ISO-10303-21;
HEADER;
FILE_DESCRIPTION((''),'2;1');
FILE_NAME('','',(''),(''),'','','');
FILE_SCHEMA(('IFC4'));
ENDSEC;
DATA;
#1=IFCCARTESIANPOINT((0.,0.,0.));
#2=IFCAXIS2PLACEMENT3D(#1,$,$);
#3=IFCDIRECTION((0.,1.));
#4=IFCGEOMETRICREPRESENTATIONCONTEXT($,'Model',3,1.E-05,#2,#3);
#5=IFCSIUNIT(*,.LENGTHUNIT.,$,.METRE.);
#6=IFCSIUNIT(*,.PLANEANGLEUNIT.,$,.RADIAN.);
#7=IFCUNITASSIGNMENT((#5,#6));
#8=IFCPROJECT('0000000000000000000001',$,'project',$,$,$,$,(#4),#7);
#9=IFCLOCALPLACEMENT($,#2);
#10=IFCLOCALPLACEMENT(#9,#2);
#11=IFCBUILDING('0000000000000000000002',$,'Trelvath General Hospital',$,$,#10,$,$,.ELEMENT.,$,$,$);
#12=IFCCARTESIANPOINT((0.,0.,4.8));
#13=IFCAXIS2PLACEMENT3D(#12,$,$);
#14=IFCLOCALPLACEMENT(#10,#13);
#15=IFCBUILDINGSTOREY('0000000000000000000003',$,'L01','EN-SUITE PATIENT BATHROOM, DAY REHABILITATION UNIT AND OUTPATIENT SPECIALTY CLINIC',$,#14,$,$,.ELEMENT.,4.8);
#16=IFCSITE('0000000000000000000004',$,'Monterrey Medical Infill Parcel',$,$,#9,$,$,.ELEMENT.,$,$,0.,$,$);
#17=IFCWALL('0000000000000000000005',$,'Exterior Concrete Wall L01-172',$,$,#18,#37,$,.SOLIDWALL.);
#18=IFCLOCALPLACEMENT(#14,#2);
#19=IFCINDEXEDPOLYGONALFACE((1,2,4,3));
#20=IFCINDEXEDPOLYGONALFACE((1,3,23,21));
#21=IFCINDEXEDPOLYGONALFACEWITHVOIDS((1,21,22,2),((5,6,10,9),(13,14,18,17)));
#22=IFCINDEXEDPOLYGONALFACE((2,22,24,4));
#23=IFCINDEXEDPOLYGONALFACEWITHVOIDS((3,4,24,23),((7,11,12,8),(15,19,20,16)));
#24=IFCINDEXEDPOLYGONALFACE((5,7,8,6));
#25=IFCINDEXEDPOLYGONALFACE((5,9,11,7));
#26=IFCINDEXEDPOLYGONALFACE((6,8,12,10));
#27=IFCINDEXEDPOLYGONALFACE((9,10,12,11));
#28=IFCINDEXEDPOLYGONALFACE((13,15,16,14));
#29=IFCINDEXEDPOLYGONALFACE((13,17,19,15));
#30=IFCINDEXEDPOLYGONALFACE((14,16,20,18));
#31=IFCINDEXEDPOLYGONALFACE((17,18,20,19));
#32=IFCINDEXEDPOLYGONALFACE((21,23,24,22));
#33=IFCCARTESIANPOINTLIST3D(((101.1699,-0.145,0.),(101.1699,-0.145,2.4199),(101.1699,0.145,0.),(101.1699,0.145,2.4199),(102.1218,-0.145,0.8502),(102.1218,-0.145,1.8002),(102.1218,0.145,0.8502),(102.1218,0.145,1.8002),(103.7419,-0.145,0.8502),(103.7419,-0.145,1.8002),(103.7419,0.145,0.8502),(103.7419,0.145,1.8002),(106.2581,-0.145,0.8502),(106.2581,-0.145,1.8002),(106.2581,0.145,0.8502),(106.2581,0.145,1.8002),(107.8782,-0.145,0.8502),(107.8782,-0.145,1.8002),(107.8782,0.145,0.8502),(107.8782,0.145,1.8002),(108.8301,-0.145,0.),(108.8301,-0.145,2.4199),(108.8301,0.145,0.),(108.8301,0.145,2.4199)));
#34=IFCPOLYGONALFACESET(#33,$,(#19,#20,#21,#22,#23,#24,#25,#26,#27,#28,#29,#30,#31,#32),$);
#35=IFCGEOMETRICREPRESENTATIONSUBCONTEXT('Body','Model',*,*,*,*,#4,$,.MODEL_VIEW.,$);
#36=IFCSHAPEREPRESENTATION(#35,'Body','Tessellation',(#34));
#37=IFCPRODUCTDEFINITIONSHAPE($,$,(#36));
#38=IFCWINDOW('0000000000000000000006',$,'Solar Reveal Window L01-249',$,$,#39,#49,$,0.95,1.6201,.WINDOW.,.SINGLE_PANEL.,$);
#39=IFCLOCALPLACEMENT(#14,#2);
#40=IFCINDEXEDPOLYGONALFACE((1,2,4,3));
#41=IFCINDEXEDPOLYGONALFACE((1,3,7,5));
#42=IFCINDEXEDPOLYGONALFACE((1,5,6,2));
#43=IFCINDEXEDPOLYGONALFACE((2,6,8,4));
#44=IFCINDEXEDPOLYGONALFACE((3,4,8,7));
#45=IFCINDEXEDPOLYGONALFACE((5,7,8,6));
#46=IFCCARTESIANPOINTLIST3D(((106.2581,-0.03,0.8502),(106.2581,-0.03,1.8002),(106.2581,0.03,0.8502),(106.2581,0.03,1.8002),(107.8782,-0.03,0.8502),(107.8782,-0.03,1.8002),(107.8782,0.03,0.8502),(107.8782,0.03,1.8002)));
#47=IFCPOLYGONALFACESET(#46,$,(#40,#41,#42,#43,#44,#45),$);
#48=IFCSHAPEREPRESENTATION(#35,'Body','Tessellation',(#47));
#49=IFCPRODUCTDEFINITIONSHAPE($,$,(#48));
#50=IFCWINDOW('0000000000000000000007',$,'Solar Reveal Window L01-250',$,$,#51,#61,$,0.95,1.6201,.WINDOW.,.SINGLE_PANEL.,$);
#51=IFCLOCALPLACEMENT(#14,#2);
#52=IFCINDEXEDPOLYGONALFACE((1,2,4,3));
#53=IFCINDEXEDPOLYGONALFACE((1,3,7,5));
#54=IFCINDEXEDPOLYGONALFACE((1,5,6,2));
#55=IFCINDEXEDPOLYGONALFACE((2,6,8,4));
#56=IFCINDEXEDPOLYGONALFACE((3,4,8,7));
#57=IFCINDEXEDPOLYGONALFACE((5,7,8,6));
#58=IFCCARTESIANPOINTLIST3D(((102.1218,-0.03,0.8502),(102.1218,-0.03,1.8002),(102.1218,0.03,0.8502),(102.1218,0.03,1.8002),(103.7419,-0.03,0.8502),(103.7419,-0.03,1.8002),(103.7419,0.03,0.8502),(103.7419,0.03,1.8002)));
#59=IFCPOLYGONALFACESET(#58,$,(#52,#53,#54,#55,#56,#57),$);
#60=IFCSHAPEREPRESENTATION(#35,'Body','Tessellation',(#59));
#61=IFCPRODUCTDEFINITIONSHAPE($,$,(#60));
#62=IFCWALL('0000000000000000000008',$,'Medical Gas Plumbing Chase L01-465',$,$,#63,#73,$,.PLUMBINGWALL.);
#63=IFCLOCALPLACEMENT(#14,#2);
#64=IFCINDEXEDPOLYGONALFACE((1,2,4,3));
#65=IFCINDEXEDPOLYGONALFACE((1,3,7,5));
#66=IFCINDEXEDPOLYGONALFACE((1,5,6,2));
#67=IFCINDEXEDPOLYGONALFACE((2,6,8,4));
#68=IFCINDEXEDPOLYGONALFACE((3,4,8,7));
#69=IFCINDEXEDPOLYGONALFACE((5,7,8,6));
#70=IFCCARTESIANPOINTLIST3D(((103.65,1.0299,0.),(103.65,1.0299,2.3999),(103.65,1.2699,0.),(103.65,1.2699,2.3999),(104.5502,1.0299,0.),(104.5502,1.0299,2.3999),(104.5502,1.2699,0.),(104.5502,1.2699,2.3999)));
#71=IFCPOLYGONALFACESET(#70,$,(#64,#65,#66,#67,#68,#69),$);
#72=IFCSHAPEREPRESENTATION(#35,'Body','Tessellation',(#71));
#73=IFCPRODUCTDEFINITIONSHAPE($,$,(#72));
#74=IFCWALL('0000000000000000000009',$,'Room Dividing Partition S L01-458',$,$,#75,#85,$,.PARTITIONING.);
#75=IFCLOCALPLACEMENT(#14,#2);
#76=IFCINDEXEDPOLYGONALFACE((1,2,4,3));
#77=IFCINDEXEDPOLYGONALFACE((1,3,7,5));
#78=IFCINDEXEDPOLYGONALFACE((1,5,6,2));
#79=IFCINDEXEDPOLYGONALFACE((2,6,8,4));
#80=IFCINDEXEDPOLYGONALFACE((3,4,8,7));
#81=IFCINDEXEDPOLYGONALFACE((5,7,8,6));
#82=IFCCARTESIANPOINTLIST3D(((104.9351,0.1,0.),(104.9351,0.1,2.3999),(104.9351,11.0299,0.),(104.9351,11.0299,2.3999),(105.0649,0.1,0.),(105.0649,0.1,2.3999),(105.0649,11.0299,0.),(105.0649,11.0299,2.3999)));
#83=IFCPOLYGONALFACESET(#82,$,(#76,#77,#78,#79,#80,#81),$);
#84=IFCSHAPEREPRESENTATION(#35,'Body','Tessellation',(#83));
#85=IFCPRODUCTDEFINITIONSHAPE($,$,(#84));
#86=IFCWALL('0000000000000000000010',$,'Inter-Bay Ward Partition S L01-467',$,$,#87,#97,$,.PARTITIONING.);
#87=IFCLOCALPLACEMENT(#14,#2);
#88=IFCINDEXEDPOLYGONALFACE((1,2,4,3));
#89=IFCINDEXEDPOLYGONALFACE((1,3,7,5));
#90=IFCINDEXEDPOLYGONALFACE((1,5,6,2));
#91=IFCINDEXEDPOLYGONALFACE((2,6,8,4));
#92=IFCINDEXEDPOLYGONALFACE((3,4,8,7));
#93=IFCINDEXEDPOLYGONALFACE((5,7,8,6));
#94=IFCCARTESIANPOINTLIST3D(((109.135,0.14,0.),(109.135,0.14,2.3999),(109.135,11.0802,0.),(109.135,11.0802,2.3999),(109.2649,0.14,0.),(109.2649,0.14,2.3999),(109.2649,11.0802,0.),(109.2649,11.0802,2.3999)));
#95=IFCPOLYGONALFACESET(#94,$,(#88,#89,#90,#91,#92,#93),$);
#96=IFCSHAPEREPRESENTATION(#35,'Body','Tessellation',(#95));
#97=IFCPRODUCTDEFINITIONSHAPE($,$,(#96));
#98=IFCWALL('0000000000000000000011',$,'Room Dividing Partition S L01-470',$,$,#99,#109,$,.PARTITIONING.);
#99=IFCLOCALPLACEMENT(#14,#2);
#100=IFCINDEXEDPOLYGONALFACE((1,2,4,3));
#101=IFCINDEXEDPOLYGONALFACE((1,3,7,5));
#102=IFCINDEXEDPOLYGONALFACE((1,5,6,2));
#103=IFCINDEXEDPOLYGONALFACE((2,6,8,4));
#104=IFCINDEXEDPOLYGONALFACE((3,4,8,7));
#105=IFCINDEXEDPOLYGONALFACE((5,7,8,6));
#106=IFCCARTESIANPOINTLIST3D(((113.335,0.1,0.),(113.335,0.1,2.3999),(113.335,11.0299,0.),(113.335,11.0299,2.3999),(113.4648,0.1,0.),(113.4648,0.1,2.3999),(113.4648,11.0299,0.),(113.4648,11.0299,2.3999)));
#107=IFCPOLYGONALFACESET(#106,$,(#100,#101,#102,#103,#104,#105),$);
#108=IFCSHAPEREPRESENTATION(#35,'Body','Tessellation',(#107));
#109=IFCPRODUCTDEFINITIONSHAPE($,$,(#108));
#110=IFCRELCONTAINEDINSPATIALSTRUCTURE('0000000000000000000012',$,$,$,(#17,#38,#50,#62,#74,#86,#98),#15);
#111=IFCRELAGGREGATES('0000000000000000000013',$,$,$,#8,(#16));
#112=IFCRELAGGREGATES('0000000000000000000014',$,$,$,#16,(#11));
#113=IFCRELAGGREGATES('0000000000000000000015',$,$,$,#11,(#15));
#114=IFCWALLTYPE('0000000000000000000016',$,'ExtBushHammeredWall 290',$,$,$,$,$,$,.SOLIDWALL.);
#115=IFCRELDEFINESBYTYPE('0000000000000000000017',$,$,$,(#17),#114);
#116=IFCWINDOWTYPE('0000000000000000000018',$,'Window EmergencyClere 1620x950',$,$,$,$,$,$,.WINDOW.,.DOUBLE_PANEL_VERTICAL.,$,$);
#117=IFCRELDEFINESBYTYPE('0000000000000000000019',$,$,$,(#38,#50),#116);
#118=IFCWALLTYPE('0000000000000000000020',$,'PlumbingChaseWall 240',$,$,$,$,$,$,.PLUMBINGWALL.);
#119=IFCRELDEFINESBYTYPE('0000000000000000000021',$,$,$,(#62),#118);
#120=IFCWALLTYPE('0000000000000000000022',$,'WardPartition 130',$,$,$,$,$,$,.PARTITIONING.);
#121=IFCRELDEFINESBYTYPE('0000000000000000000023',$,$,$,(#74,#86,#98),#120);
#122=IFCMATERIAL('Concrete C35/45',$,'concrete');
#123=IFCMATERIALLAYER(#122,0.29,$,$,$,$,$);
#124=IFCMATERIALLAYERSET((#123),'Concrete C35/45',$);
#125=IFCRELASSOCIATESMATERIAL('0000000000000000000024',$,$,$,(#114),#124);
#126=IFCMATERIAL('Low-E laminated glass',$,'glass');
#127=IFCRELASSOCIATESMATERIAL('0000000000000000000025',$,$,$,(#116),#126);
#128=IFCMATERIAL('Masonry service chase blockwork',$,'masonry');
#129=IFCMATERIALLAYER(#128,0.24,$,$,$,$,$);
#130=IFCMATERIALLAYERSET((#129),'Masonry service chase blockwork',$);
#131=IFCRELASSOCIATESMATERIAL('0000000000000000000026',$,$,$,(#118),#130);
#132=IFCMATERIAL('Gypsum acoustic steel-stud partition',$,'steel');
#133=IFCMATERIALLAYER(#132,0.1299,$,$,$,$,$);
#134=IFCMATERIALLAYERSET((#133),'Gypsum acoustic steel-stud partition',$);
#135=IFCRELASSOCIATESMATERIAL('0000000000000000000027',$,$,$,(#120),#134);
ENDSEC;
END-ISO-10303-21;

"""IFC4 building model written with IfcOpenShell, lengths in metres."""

from ifc_helpers import new_model, si_unit, direction, frame, frame_2d, origin, place, context, subcontext, project, spatial, rectangle, extrude, material, layer, layer_set, type_object, element, fill, save


model = new_model("IFC4")

# Units and contexts
model_context = context("Model", 3, precision=1e-05, world=origin(), true_north=direction((0.0, 1.0)))
body_context = subcontext(model_context, "Body", "Model", "MODEL_VIEW")
ifc_project = project(units=[si_unit("LENGTHUNIT", "METRE"), si_unit("PLANEANGLEUNIT", "RADIAN")], contexts=[model_context])

# Site, building, storey
site_placement = place(None, origin())
site = spatial("IfcSite", under=ifc_project, at=site_placement, Name="Monterrey Medical Infill Parcel", CompositionType="ELEMENT", RefElevation=0.0)
building_placement = place(site_placement, origin())
building = spatial("IfcBuilding", under=site, at=building_placement, Name="Trelvath General Hospital", CompositionType="ELEMENT")
storey_placement = place(building_placement, frame((0.0, 0.0, 4.8)))
storey = spatial("IfcBuildingStorey", under=building, at=storey_placement, Name="L01", Description="EN-SUITE PATIENT BATHROOM, DAY REHABILITATION UNIT AND OUTPATIENT SPECIALTY CLINIC", CompositionType="ELEMENT", Elevation=4.8)

# Wall, openings, windows
ifc_material_1 = material(Name="Concrete C35/45", Category="concrete")
ifc_layer_1 = layer(ifc_material_1, 0.29)
ifc_layer_set_1 = layer_set([ifc_layer_1], Name="Concrete C35/45")
wall_type_1 = type_object("IfcWallType", Name="ExtBushHammeredWall 290", PredefinedType="SOLIDWALL", material=ifc_layer_set_1)
wall_1_placement = place(storey_placement, frame((108.8301, 0.0, 0.0), z_axis=(0.0, 0.0, 1.0), x_axis=(-1.0, 0.0, 0.0)))
wall_1 = element("IfcWall", 1, at=wall_1_placement, inside=storey, type_object=wall_type_1, Name="Exterior Concrete Wall L01-172", PredefinedType="SOLIDWALL", context=body_context, shape_type="SweptSolid", body=[
    extrude(rectangle(XDim=7.6602, YDim=0.29, at=frame_2d((3.8301, 0.0))), origin(), (0.0, 0.0, 1.0), 2.4199),
])
opening_1_placement = place(wall_1_placement, frame((0.9519, 0.0, 0.8501)))
opening_1 = element("IfcOpeningElement", 2, at=opening_1_placement, cuts=wall_1, PredefinedType="OPENING", context=body_context, shape_type="SweptSolid", body=[
    extrude(rectangle(XDim=1.6201, YDim=0.95, at=frame_2d((0.8101, 0.4751))), frame((0.0, 0.155, 0.0), z_axis=(0.0, -1.0, 0.0), x_axis=(1.0, 0.0, 0.0)), (0.0, 0.0, 1.0), 0.3101),
])
opening_2_placement = place(wall_1_placement, frame((5.0881, 0.0, 0.8501)))
opening_2 = element("IfcOpeningElement", 3, at=opening_2_placement, cuts=wall_1, PredefinedType="OPENING", context=body_context, shape_type="SweptSolid", body=[
    extrude(rectangle(XDim=1.6201, YDim=0.95, at=frame_2d((0.8101, 0.4751))), frame((0.0, 0.155, 0.0), z_axis=(0.0, -1.0, 0.0), x_axis=(1.0, 0.0, 0.0)), (0.0, 0.0, 1.0), 0.3101),
])
ifc_material_2 = material(Name="Low-E laminated glass", Category="glass")
window_type = type_object("IfcWindowType", Name="Window EmergencyClere 1620x950", PartitioningType="DOUBLE_PANEL_VERTICAL", PredefinedType="WINDOW", material=ifc_material_2)
window_1_placement = place(opening_1_placement, origin())
window_1 = element("IfcWindow", 4, at=window_1_placement, inside=storey, type_object=window_type, Name="Solar Reveal Window L01-249", OverallHeight=0.95, OverallWidth=1.6201, PartitioningType="SINGLE_PANEL", PredefinedType="WINDOW", context=body_context, shape_type="SweptSolid", body=[
    extrude(rectangle(XDim=1.6201, YDim=0.95, at=frame_2d((0.8101, 0.4751))), frame((0.0, 0.03, 0.0), z_axis=(0.0, -1.0, 0.0), x_axis=(1.0, 0.0, 0.0)), (0.0, 0.0, 1.0), 0.0601),
])
fill(opening_1, window_1)
window_2_placement = place(opening_2_placement, origin())
window_2 = element("IfcWindow", 5, at=window_2_placement, inside=storey, type_object=window_type, Name="Solar Reveal Window L01-250", OverallHeight=0.95, OverallWidth=1.6201, PartitioningType="SINGLE_PANEL", PredefinedType="WINDOW", context=body_context, shape_type="SweptSolid", body=[
    extrude(rectangle(XDim=1.6201, YDim=0.95, at=frame_2d((0.8101, 0.4751))), frame((0.0, 0.03, 0.0), z_axis=(0.0, -1.0, 0.0), x_axis=(1.0, 0.0, 0.0)), (0.0, 0.0, 1.0), 0.0601),
])
fill(opening_2, window_2)

# Walls
ifc_material_3 = material(Name="Masonry service chase blockwork", Category="masonry")
ifc_layer_2 = layer(ifc_material_3, 0.24)
ifc_layer_set_2 = layer_set([ifc_layer_2], Name="Masonry service chase blockwork")
wall_type_2 = type_object("IfcWallType", Name="PlumbingChaseWall 240", PredefinedType="PLUMBINGWALL", material=ifc_layer_set_2)
wall_2_placement = place(storey_placement, frame((103.6499, 1.1499, 0.0), z_axis=(0.0, 0.0, 1.0), x_axis=(1.0, 0.0, 0.0)))
element("IfcWall", 6, at=wall_2_placement, inside=storey, type_object=wall_type_2, Name="Medical Gas Plumbing Chase L01-465", PredefinedType="PLUMBINGWALL", context=body_context, shape_type="SweptSolid", body=[
    extrude(rectangle(XDim=0.9001, YDim=0.24, at=frame_2d((0.4502, 0.0))), origin(), (0.0, 0.0, 1.0), 2.3999),
])
ifc_material_4 = material(Name="Gypsum acoustic steel-stud partition", Category="steel")
ifc_layer_3 = layer(ifc_material_4, 0.1299)
ifc_layer_set_3 = layer_set([ifc_layer_3], Name="Gypsum acoustic steel-stud partition")
wall_type_3 = type_object("IfcWallType", Name="WardPartition 130", PredefinedType="PARTITIONING", material=ifc_layer_set_3)
wall_3_placement = place(storey_placement, frame((105.0, 0.1001, 0.0), z_axis=(0.0, 0.0, 1.0), x_axis=(0.0, 1.0, 0.0)))
element("IfcWall", 7, at=wall_3_placement, inside=storey, type_object=wall_type_3, Name="Room Dividing Partition S L01-458", PredefinedType="PARTITIONING", context=body_context, shape_type="SweptSolid", body=[
    extrude(rectangle(XDim=10.9299, YDim=0.1299, at=frame_2d((5.4648, 0.0))), origin(), (0.0, 0.0, 1.0), 2.3999),
])
wall_4_placement = place(storey_placement, frame((109.2, 0.1399, 0.0), z_axis=(0.0, 0.0, 1.0), x_axis=(0.0, 1.0, 0.0)))
element("IfcWall", 8, at=wall_4_placement, inside=storey, type_object=wall_type_3, Name="Inter-Bay Ward Partition S L01-467", PredefinedType="PARTITIONING", context=body_context, shape_type="SweptSolid", body=[
    extrude(rectangle(XDim=10.9402, YDim=0.1299, at=frame_2d((5.4702, 0.0))), origin(), (0.0, 0.0, 1.0), 2.3999),
])
wall_5_placement = place(storey_placement, frame((113.3999, 0.1001, 0.0), z_axis=(0.0, 0.0, 1.0), x_axis=(0.0, 1.0, 0.0)))
element("IfcWall", 9, at=wall_5_placement, inside=storey, type_object=wall_type_3, Name="Room Dividing Partition S L01-470", PredefinedType="PARTITIONING", context=body_context, shape_type="SweptSolid", body=[
    extrude(rectangle(XDim=10.9299, YDim=0.1299, at=frame_2d((5.4648, 0.0))), origin(), (0.0, 0.0, 1.0), 2.3999),
])

save(model, "model.ifc")
